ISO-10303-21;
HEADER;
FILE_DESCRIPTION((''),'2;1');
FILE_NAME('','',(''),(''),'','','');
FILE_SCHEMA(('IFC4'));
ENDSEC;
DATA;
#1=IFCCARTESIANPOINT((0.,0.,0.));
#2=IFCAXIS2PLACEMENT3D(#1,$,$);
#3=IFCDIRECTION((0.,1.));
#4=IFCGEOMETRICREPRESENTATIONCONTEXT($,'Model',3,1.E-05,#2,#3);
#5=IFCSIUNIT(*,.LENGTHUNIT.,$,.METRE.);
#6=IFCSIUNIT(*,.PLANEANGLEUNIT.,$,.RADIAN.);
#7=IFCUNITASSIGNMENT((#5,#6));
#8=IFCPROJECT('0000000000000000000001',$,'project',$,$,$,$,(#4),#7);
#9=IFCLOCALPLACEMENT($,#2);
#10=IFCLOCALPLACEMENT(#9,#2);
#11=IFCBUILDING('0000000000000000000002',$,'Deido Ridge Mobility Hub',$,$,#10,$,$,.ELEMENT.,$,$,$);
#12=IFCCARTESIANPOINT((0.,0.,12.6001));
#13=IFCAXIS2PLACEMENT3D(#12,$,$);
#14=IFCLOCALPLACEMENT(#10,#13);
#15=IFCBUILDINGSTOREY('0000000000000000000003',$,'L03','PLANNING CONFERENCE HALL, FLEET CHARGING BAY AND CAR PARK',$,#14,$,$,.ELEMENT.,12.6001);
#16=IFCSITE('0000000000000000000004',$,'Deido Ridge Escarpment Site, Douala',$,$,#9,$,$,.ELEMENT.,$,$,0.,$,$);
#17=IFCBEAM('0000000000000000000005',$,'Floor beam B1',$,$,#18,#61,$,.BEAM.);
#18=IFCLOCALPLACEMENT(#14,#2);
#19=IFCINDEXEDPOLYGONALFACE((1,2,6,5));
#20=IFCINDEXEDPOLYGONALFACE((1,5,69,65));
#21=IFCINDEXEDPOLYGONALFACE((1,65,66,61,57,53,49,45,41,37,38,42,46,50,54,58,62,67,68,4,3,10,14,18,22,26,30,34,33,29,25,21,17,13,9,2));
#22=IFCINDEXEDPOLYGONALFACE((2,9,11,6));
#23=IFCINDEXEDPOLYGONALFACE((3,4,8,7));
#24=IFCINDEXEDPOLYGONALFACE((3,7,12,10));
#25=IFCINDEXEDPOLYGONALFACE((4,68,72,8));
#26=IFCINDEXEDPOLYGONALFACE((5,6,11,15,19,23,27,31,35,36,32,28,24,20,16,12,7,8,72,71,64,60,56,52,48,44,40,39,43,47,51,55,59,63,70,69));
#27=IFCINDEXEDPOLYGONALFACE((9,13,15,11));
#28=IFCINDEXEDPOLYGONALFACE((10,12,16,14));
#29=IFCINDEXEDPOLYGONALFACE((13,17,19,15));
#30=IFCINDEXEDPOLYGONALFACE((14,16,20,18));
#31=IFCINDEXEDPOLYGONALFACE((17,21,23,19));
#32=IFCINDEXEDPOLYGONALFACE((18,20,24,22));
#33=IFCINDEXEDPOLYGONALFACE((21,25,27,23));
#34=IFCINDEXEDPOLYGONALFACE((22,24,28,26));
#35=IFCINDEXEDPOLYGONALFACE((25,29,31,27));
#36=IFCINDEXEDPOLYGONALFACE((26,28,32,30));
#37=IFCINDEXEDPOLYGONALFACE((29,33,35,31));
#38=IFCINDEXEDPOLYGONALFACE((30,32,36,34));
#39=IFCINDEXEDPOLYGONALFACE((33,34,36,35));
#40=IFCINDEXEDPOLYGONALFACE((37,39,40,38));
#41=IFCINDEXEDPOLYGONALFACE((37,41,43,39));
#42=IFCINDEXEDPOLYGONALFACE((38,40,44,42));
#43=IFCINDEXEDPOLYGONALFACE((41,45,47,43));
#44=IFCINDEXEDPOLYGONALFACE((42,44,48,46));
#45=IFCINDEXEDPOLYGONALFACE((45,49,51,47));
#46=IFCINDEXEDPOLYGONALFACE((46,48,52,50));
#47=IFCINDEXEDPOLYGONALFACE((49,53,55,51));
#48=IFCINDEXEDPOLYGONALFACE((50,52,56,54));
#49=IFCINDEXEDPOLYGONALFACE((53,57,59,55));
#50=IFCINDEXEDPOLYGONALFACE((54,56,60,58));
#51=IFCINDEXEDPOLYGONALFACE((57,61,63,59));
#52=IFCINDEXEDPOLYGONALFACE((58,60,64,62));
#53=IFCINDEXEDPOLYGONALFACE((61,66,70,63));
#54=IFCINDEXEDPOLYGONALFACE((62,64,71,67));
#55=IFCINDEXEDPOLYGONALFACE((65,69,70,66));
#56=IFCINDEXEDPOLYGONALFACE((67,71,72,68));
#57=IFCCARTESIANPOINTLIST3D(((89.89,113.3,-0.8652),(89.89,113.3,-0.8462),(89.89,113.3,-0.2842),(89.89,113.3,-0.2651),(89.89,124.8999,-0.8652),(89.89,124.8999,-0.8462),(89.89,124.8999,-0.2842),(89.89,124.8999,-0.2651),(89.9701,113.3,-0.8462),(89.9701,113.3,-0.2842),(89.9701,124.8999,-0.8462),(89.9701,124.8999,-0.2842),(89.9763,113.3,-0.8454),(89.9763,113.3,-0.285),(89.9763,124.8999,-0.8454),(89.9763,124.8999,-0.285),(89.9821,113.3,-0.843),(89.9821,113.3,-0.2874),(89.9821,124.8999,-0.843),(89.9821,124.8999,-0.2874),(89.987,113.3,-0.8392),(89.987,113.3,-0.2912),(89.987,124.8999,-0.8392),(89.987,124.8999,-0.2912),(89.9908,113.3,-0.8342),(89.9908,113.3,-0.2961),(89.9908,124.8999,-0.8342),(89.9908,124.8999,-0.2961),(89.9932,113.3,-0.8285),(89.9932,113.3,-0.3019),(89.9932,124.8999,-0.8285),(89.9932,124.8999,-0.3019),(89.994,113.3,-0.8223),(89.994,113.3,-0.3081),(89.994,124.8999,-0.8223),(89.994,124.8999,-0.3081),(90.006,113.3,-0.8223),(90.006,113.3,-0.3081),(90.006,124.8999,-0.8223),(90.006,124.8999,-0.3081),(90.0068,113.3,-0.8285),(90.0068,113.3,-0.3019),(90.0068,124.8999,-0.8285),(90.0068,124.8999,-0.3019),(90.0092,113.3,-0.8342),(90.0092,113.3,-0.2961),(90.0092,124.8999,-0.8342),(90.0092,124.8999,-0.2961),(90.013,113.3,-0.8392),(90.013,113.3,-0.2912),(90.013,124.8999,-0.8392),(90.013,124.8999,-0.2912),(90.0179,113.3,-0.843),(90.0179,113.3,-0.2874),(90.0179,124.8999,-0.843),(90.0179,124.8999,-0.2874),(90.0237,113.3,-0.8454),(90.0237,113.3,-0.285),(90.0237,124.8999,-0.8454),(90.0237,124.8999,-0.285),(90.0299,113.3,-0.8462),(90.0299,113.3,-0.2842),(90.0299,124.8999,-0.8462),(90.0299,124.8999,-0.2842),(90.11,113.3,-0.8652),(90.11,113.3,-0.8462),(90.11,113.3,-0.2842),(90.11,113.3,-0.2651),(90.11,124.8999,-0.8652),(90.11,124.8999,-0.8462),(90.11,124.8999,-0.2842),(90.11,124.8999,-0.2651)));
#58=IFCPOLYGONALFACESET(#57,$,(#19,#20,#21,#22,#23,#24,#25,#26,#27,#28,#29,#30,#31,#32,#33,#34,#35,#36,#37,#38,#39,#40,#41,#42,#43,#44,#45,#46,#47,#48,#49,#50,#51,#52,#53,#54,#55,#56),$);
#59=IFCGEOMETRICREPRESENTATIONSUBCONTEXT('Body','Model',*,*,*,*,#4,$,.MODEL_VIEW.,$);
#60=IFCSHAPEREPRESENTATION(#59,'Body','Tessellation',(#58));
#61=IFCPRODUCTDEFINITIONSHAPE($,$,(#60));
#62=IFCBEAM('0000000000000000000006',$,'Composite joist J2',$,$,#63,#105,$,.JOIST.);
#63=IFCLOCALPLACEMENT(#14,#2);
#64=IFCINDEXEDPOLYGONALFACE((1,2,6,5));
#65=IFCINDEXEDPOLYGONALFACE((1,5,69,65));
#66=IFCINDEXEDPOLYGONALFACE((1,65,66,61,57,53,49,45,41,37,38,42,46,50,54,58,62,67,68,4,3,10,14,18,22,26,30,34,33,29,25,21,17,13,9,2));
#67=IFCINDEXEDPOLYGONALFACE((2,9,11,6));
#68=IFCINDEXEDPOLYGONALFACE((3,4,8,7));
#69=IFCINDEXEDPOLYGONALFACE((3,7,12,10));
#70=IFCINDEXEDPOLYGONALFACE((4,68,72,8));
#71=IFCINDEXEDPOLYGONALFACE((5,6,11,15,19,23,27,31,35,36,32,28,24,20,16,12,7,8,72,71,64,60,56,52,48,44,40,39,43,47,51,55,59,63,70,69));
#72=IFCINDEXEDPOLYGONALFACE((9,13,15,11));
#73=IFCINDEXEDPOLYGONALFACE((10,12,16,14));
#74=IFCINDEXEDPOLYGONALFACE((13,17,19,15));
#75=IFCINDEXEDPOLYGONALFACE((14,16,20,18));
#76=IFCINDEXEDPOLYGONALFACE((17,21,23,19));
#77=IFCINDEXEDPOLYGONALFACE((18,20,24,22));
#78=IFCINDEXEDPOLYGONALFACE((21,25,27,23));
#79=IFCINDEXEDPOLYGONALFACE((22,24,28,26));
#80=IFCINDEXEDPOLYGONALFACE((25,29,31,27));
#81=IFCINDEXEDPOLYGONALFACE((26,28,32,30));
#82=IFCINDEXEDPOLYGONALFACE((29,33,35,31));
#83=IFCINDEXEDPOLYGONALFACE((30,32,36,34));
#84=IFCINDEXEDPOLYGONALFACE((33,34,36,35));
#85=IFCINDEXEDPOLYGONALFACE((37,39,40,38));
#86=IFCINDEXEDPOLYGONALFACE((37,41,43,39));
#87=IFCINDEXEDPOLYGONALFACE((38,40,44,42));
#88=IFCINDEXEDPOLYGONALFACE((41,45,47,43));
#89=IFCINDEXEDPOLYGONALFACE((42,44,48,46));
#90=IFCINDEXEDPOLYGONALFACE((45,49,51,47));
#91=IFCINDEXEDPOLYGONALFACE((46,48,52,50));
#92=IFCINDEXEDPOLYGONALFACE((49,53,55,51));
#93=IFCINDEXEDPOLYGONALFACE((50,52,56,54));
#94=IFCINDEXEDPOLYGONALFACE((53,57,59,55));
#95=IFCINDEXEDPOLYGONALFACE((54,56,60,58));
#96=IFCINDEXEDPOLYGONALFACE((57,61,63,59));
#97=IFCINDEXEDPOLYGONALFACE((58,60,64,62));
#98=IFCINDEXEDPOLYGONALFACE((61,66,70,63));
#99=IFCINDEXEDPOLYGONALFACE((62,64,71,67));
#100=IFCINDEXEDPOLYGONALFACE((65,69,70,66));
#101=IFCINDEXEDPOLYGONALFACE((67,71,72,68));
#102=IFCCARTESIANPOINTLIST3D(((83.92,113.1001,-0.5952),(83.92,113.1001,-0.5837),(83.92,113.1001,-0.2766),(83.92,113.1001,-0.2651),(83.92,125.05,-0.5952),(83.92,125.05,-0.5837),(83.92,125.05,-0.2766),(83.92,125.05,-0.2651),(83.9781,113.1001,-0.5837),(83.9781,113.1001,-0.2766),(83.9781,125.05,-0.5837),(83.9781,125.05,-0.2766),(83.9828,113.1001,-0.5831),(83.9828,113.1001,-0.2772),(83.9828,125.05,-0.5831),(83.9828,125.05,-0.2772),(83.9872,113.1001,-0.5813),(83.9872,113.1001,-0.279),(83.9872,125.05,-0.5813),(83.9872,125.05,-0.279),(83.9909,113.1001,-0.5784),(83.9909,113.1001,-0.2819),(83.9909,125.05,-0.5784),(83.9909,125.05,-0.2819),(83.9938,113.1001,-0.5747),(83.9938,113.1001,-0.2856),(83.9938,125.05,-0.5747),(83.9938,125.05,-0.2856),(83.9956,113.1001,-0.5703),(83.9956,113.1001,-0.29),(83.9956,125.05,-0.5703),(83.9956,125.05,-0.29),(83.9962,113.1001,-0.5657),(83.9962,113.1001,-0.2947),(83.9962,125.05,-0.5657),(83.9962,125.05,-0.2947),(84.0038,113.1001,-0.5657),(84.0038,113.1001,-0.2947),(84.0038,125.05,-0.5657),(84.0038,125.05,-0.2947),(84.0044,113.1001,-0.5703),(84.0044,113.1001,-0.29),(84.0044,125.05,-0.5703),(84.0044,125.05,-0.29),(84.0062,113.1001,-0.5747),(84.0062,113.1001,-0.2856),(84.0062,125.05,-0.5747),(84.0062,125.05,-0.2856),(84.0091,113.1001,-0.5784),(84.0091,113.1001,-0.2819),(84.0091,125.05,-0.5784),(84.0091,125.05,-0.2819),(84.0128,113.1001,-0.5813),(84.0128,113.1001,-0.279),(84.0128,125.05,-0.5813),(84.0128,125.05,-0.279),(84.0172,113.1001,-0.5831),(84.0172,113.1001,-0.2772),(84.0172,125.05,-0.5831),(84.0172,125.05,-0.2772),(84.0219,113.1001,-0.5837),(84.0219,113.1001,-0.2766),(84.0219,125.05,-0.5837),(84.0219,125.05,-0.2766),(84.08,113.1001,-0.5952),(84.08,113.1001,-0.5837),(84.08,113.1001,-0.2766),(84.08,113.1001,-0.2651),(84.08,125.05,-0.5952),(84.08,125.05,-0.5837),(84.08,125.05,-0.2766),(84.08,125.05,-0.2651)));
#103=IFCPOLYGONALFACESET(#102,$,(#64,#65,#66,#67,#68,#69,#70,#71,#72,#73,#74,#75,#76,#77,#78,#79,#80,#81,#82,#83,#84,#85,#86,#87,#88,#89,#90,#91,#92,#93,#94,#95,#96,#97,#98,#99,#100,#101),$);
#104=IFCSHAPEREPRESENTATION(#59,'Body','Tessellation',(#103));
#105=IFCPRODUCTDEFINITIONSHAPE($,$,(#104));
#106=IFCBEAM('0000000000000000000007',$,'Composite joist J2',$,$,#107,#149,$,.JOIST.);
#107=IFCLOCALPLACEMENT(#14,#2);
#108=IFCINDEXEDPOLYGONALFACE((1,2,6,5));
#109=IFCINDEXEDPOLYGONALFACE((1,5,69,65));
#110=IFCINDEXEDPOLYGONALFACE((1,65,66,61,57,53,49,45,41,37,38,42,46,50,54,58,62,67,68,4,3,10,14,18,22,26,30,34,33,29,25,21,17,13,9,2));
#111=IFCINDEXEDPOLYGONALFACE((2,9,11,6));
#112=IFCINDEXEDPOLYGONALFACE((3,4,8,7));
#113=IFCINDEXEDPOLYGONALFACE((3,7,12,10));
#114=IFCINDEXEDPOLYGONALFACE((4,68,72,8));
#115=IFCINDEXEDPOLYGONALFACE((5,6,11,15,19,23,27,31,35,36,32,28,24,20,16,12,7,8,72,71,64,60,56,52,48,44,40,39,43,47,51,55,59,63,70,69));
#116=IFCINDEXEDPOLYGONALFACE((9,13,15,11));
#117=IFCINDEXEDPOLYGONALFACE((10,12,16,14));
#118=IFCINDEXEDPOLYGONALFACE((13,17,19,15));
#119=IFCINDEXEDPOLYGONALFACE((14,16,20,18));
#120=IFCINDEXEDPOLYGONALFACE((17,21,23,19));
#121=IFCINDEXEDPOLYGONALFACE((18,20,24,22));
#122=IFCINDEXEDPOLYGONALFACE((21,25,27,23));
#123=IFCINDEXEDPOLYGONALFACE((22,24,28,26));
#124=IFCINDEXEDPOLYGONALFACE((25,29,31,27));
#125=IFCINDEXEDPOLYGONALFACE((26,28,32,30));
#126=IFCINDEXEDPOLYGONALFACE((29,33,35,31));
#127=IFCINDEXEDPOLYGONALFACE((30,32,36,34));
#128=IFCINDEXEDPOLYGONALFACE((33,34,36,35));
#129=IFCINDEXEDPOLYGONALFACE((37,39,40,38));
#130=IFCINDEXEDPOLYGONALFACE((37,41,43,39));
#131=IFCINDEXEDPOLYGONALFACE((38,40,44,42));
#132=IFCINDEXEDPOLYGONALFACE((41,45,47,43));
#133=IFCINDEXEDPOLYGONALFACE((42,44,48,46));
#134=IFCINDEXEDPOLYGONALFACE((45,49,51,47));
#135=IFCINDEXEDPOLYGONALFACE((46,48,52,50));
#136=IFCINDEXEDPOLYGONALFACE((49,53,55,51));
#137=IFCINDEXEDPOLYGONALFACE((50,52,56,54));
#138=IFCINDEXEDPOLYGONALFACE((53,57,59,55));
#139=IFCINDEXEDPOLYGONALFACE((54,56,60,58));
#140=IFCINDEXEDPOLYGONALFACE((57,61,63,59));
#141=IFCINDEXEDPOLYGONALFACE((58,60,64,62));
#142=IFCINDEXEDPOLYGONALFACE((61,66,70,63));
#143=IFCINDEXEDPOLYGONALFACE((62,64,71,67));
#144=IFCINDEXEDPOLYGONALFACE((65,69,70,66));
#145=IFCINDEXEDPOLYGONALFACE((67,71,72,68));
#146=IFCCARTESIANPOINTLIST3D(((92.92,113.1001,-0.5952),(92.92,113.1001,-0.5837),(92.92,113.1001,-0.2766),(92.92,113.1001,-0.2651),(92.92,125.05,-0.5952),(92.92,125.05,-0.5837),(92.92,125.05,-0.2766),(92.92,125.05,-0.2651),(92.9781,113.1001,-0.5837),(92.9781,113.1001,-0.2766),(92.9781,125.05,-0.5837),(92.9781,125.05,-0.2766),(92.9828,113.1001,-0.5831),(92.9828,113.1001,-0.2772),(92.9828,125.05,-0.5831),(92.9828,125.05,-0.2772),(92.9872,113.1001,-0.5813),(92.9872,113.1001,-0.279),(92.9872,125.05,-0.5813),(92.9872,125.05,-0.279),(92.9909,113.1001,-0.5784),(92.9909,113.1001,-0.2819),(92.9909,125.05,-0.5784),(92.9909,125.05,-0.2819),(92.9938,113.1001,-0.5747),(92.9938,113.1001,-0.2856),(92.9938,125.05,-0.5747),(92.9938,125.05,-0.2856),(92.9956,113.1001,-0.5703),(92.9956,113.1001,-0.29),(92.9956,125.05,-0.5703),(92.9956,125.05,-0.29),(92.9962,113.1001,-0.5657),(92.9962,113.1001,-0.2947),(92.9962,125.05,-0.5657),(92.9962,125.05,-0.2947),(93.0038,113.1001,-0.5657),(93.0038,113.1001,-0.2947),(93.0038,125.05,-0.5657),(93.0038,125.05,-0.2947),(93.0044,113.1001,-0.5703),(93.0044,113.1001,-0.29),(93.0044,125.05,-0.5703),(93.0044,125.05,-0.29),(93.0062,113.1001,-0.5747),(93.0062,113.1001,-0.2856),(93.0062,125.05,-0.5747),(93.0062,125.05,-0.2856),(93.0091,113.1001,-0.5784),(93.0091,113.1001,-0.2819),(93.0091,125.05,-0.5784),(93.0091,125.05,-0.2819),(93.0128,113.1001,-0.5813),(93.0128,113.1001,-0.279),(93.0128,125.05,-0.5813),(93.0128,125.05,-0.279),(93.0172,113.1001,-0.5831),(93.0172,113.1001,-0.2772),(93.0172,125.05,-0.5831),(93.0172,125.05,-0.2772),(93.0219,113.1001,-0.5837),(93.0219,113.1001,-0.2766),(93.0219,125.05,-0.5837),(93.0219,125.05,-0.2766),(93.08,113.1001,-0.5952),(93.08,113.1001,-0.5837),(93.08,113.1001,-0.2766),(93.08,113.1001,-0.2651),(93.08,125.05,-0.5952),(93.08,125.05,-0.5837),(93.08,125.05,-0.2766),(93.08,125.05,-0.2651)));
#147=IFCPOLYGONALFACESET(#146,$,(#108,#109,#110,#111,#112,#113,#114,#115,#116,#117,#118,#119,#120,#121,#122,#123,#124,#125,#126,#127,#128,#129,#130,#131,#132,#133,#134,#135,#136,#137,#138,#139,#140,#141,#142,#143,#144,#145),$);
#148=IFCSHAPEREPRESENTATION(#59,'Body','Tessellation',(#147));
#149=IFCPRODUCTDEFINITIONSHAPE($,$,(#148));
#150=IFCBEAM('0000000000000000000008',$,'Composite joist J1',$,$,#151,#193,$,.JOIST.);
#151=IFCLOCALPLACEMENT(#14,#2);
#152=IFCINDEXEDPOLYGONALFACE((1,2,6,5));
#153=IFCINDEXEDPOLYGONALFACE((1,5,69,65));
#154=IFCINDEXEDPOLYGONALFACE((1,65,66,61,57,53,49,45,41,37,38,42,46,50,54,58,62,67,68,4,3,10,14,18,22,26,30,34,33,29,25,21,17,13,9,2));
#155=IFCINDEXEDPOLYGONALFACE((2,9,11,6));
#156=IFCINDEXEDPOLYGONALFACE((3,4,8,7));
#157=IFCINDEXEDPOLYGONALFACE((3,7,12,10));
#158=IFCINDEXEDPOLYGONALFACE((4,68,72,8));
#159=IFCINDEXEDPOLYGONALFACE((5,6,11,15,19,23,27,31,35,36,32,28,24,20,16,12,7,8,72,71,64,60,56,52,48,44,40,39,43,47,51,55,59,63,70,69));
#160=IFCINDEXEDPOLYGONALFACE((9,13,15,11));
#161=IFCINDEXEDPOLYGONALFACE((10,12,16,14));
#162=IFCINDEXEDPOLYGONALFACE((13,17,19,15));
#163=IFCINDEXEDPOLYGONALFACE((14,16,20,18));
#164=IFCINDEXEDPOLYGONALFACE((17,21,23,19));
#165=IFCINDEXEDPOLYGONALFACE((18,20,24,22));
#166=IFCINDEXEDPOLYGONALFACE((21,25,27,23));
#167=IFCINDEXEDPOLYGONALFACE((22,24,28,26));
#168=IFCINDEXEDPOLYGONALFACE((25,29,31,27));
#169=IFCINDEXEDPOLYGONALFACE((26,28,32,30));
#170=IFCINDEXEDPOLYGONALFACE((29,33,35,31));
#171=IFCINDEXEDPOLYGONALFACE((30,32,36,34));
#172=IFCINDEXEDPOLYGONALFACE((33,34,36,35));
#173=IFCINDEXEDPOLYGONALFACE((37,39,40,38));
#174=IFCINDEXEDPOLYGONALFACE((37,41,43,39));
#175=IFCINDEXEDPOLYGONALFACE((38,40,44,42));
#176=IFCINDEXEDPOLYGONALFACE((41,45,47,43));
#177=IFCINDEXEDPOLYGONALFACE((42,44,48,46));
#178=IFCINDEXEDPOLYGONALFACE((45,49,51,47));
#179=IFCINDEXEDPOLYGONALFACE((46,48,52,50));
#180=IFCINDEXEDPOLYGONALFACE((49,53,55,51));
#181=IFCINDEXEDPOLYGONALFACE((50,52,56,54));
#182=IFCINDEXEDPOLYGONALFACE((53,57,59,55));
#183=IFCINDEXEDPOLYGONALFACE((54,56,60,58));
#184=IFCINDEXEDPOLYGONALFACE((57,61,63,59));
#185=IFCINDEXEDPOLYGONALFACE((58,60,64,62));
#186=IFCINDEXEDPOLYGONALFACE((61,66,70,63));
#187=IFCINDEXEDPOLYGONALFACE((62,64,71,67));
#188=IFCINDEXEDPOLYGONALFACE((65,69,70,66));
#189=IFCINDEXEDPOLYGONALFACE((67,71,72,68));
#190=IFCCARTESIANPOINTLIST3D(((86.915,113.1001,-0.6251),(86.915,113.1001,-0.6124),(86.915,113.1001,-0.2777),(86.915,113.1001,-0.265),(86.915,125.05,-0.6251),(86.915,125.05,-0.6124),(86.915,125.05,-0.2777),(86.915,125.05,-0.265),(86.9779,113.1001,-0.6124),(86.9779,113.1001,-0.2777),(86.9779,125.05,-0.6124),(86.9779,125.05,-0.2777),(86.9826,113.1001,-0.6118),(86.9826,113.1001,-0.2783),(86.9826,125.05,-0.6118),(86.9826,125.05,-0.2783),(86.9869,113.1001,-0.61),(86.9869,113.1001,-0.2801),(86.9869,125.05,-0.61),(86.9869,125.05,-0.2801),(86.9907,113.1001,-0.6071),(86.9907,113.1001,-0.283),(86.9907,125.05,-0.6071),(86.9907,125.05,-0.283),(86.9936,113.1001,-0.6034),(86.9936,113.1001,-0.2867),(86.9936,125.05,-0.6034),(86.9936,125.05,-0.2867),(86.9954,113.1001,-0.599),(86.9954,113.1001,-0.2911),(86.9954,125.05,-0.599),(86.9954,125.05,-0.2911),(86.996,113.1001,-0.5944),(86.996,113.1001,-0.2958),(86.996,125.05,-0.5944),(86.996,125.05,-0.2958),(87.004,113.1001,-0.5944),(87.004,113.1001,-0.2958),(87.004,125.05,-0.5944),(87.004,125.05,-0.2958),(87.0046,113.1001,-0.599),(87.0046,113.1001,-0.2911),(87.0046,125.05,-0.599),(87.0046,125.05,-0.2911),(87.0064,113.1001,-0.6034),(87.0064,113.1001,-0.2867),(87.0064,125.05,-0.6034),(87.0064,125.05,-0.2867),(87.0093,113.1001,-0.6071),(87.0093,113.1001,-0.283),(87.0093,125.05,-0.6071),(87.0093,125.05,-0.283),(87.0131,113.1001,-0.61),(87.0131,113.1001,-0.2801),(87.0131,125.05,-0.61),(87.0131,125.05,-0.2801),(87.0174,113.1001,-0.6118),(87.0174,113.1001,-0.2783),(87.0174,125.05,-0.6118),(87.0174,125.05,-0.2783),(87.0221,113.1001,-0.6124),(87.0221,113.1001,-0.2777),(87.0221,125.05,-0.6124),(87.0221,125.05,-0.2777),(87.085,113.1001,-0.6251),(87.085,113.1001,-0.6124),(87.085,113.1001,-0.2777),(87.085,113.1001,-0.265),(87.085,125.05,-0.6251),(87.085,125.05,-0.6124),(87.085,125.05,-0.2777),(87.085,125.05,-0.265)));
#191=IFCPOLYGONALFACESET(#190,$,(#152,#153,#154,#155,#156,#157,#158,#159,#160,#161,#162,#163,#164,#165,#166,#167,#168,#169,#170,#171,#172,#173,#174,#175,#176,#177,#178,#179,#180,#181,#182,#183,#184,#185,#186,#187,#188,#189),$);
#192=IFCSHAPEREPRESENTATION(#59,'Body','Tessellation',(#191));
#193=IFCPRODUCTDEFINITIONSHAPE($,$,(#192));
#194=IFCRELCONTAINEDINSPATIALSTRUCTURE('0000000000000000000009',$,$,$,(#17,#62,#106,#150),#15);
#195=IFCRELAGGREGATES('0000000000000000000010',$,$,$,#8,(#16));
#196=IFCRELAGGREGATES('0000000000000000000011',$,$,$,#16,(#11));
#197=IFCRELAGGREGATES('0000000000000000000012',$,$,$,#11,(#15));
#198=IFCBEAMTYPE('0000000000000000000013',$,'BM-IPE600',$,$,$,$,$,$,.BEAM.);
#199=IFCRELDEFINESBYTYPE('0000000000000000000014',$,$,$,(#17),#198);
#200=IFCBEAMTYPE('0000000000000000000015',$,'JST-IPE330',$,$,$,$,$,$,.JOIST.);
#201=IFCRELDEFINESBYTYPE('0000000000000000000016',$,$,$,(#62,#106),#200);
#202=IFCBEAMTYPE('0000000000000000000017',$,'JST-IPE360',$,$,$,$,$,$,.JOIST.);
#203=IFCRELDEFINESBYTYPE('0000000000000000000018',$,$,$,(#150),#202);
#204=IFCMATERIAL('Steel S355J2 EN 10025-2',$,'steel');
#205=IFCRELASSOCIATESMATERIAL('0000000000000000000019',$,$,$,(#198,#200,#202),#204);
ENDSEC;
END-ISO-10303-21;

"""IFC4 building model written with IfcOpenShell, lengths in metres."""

from ifc_helpers import new_model, si_unit, direction, frame, origin, origin_2d, place, context, subcontext, project, spatial, i_section, extrude, material, material_profile, profile_set, type_object, element, save


model = new_model("IFC4")

# Units and contexts
model_context = context("Model", 3, precision=1e-05, world=origin(), true_north=direction((0.0, 1.0)))
body_context = subcontext(model_context, "Body", "Model", "MODEL_VIEW")
ifc_project = project(units=[si_unit("LENGTHUNIT", "METRE"), si_unit("PLANEANGLEUNIT", "RADIAN")], contexts=[model_context])

# Site, building, storey
site_placement = place(None, origin())
site = spatial("IfcSite", under=ifc_project, at=site_placement, Name="Deido Ridge Escarpment Site, Douala", CompositionType="ELEMENT", RefElevation=0.0)
building_placement = place(site_placement, origin())
building = spatial("IfcBuilding", under=site, at=building_placement, Name="Deido Ridge Mobility Hub", CompositionType="ELEMENT")
storey_placement = place(building_placement, frame((0.0, 0.0, 12.6001)))
storey = spatial("IfcBuildingStorey", under=building, at=storey_placement, Name="L03", Description="PLANNING CONFERENCE HALL, FLEET CHARGING BAY AND CAR PARK", CompositionType="ELEMENT", Elevation=12.6001)

# Shared definitions
ifc_material_1 = material(Name="Steel S355J2 EN 10025-2", Category="steel")

# Beams
ifc_material_profile_1 = material_profile(ifc_material_1, i_section(OverallWidth=0.22, OverallDepth=0.6001, WebThickness=0.012, FlangeThickness=0.019, FilletRadius=0.0239, at=origin_2d()), Name="IPE 600")
ifc_profile_set_1 = profile_set([ifc_material_profile_1], Name="Steel S355J2 EN 10025-2")
beam_type_1 = type_object("IfcBeamType", Name="BM-IPE600", PredefinedType="BEAM", material=ifc_profile_set_1)
beam_1_placement = place(storey_placement, frame((90.0, 113.3, -0.5652), z_axis=(0.0, 1.0, 0.0), x_axis=(-1.0, 0.0, 0.0)))
element("IfcBeam", 1, at=beam_1_placement, inside=storey, type_object=beam_type_1, Name="Floor beam B1", PredefinedType="BEAM", context=body_context, shape_type="SweptSolid", body=[
    extrude(i_section(OverallWidth=0.22, OverallDepth=0.6001, WebThickness=0.012, FlangeThickness=0.019, FilletRadius=0.0239, at=origin_2d()), origin(), (0.0, 0.0, 1.0), 11.5999),
])
ifc_material_profile_2 = material_profile(ifc_material_1, i_section(OverallWidth=0.1599, OverallDepth=0.3301, WebThickness=0.0076, FlangeThickness=0.0115, FilletRadius=0.0181, at=origin_2d()), Name="IPE 330")
ifc_profile_set_2 = profile_set([ifc_material_profile_2], Name="Steel S355J2 EN 10025-2")
beam_type_2 = type_object("IfcBeamType", Name="JST-IPE330", PredefinedType="JOIST", material=ifc_profile_set_2)
for number, where, z_axis, x_axis, name in (
    (2, (84.0, 113.1001, -0.4302), (0.0, 1.0, 0.0), (-1.0, 0.0, 0.0), "Composite joist J2"),
    (3, (93.0, 113.1001, -0.4302), (0.0, 1.0, 0.0), (-1.0, 0.0, 0.0), "Composite joist J2"),
):
    element("IfcBeam", number, at=place(storey_placement, frame(where, z_axis=z_axis, x_axis=x_axis)), inside=storey, type_object=beam_type_2, Name=name, PredefinedType="JOIST", context=body_context, shape_type="SweptSolid", body=[
        extrude(i_section(OverallWidth=0.1599, OverallDepth=0.3301, WebThickness=0.0076, FlangeThickness=0.0115, FilletRadius=0.0181, at=origin_2d()), origin(), (0.0, 0.0, 1.0), 11.95),
    ])
ifc_material_profile_3 = material_profile(ifc_material_1, i_section(OverallWidth=0.1699, OverallDepth=0.3601, WebThickness=0.0081, FlangeThickness=0.0127, FilletRadius=0.0181, at=origin_2d()), Name="IPE 360")
ifc_profile_set_3 = profile_set([ifc_material_profile_3], Name="Steel S355J2 EN 10025-2")
beam_type_3 = type_object("IfcBeamType", Name="JST-IPE360", PredefinedType="JOIST", material=ifc_profile_set_3)
for number, where, z_axis, x_axis, name in (
    (4, (87.0, 113.1001, -0.4451), (0.0, 1.0, 0.0), (-1.0, 0.0, 0.0), "Composite joist J1"),
):
    element("IfcBeam", number, at=place(storey_placement, frame(where, z_axis=z_axis, x_axis=x_axis)), inside=storey, type_object=beam_type_3, Name=name, PredefinedType="JOIST", context=body_context, shape_type="SweptSolid", body=[
        extrude(i_section(OverallWidth=0.1699, OverallDepth=0.3601, WebThickness=0.0081, FlangeThickness=0.0127, FilletRadius=0.0181, at=origin_2d()), origin(), (0.0, 0.0, 1.0), 11.95),
    ])

save(model, "model.ifc")
